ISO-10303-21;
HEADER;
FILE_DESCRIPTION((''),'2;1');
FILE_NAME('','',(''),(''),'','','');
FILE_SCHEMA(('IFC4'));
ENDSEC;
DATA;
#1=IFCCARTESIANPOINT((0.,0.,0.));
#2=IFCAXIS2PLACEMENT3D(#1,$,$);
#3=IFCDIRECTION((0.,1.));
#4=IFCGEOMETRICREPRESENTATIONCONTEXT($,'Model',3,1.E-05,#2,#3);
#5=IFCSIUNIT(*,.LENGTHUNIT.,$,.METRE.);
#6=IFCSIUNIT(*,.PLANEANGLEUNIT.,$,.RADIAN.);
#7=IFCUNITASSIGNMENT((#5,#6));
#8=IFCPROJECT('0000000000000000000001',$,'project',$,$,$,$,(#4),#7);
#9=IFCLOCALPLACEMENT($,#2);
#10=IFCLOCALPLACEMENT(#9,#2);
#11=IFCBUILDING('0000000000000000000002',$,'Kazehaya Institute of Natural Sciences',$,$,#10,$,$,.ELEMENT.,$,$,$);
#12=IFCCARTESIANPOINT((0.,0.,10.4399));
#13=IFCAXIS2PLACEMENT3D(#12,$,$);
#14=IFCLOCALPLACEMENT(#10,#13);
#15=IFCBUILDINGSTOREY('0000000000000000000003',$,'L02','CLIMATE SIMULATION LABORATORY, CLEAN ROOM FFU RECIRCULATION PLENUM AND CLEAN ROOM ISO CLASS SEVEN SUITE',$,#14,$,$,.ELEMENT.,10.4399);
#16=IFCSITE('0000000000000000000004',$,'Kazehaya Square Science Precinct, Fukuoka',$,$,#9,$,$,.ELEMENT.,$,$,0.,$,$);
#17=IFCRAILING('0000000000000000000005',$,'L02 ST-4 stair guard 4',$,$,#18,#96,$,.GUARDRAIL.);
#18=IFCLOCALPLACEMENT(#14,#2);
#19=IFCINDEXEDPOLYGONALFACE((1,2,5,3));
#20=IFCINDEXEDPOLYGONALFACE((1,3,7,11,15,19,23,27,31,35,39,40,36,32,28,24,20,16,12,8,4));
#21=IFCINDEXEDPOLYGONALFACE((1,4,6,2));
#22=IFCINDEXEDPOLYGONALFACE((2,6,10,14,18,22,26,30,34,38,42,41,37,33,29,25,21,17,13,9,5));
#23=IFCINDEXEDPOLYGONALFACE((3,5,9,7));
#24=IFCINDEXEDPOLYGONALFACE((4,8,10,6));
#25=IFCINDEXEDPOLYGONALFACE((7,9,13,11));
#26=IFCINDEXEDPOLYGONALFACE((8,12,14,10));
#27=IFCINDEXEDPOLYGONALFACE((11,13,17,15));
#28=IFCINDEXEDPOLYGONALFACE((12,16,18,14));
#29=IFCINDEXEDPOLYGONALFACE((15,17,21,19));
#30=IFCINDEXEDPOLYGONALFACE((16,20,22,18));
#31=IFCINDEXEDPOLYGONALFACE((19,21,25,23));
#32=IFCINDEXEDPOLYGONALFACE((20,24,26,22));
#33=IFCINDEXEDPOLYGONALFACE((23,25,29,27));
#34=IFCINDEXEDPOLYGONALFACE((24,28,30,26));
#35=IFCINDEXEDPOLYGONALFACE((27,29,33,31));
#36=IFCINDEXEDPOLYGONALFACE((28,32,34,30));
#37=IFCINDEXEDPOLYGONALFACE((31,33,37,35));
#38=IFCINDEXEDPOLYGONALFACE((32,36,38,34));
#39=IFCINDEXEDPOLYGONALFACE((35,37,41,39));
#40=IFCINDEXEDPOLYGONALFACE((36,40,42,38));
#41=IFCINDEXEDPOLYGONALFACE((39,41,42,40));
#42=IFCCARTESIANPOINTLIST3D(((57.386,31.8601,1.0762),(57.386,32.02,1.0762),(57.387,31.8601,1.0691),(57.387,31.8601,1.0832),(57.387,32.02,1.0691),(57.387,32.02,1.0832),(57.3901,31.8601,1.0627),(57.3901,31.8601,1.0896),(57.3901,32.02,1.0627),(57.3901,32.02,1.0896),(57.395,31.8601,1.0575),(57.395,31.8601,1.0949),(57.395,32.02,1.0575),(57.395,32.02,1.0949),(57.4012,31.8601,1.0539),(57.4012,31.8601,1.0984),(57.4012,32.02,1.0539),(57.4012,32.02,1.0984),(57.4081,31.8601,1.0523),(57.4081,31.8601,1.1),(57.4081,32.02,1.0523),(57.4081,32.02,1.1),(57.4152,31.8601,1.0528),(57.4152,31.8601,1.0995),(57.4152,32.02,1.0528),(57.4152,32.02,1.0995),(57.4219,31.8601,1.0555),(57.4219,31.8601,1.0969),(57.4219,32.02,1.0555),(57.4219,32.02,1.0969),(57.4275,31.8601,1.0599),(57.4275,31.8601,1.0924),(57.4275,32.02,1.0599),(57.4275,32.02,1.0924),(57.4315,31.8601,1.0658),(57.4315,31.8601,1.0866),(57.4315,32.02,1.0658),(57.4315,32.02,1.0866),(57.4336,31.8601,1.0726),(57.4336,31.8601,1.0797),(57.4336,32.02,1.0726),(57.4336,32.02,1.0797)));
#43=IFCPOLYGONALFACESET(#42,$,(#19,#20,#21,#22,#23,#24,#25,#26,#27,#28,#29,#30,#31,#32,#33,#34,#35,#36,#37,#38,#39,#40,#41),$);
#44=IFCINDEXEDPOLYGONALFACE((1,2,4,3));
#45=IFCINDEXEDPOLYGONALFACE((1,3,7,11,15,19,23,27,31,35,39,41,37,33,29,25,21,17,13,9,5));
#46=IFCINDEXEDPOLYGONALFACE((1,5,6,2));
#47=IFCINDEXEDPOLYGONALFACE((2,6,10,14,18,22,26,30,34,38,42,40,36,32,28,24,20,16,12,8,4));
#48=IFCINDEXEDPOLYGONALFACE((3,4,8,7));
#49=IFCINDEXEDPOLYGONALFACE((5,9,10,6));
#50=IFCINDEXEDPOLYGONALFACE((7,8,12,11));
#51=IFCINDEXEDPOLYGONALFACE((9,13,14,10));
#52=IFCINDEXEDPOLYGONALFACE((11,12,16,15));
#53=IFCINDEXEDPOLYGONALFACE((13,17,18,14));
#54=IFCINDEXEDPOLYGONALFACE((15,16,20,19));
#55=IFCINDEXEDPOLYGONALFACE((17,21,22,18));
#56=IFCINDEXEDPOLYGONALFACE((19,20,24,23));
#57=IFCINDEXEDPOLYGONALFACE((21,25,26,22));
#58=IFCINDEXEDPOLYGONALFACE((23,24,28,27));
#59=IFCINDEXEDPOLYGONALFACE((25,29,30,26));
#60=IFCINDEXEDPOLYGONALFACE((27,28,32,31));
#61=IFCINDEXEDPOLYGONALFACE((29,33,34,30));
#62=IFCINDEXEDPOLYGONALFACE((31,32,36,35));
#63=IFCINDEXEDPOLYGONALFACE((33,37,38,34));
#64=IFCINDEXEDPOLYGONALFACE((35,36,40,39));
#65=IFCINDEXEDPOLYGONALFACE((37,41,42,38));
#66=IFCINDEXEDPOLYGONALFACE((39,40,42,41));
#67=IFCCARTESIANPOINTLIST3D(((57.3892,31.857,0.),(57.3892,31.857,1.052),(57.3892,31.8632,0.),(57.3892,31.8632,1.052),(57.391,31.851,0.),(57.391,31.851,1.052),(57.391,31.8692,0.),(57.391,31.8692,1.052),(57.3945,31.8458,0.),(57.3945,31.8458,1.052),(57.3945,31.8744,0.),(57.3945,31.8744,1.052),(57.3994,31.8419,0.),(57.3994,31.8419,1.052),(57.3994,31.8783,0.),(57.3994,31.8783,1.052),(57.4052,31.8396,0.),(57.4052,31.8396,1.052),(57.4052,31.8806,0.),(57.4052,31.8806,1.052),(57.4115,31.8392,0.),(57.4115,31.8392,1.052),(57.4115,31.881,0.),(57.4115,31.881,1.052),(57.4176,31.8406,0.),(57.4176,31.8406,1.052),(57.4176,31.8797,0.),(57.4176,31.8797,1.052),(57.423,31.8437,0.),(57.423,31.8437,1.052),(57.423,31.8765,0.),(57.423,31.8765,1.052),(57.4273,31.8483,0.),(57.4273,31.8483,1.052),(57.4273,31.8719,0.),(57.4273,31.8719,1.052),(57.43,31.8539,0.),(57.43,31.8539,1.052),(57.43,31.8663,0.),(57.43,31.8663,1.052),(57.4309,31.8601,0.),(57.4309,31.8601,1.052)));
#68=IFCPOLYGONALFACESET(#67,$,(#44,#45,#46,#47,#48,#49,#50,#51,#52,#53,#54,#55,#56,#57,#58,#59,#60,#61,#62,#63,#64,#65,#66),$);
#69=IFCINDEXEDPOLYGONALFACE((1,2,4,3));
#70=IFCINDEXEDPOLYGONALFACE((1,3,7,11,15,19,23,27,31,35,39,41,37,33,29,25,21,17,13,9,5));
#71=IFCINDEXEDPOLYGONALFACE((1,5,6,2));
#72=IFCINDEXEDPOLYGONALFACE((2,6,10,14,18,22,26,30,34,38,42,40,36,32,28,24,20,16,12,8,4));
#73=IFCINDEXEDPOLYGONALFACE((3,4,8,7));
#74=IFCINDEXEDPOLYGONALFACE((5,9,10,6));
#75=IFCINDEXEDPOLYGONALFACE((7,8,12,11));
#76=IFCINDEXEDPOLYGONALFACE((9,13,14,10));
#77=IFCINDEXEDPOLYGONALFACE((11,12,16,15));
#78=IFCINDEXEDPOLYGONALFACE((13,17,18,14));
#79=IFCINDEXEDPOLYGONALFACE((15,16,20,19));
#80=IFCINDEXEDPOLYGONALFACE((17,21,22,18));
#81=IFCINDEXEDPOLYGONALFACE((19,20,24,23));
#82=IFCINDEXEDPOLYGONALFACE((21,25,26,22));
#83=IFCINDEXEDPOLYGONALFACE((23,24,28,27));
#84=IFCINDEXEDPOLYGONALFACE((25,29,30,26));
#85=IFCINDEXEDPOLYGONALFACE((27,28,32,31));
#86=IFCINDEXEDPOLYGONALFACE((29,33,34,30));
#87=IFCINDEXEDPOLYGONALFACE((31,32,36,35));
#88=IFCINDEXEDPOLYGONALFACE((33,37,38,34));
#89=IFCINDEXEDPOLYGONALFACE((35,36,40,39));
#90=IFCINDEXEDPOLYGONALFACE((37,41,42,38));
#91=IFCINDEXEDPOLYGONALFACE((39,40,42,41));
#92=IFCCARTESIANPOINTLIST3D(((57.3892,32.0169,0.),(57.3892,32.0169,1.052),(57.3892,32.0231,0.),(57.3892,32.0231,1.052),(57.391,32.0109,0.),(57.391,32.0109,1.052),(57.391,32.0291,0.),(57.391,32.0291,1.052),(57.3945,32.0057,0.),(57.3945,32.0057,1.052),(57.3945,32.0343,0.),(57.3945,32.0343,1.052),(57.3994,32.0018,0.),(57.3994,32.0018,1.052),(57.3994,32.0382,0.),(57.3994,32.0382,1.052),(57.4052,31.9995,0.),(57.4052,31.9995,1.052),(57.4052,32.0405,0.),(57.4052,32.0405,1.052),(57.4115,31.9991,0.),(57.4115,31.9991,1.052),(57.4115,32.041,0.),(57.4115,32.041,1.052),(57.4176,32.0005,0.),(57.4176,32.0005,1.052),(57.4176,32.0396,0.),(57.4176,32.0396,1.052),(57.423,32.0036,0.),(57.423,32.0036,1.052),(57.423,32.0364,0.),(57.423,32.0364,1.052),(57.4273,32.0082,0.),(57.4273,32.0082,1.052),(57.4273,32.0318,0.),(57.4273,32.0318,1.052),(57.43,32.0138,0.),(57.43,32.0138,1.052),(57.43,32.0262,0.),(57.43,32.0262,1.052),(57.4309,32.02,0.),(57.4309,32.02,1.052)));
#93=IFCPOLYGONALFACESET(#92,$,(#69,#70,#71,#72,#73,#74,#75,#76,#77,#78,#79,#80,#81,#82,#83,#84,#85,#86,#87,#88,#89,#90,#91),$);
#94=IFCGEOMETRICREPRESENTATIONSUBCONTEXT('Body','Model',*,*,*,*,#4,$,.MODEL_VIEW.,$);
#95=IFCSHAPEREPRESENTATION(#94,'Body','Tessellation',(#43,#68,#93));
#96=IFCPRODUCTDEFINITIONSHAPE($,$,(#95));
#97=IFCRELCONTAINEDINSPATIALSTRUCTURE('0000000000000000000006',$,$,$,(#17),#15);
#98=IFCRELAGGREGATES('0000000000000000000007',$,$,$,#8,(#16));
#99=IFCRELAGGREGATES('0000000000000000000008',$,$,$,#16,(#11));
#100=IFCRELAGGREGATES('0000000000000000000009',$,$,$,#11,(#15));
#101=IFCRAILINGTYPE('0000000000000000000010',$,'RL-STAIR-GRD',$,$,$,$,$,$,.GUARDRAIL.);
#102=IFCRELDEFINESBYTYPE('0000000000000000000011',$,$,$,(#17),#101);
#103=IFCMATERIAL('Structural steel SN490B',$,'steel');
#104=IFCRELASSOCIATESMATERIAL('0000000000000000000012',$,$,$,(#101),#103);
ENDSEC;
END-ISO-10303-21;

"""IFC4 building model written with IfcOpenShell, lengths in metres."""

from ifc_helpers import new_model, si_unit, direction, frame, origin, origin_2d, place, context, subcontext, project, spatial, circle, extrude, material, type_object, element, save


model = new_model("IFC4")

# Units and contexts
model_context = context("Model", 3, precision=1e-05, world=origin(), true_north=direction((0.0, 1.0)))
body_context = subcontext(model_context, "Body", "Model", "MODEL_VIEW")
ifc_project = project(units=[si_unit("LENGTHUNIT", "METRE"), si_unit("PLANEANGLEUNIT", "RADIAN")], contexts=[model_context])

# Site, building, storey
site_placement = place(None, origin())
site = spatial("IfcSite", under=ifc_project, at=site_placement, Name="Kazehaya Square Science Precinct, Fukuoka", CompositionType="ELEMENT", RefElevation=0.0)
building_placement = place(site_placement, origin())
building = spatial("IfcBuilding", under=site, at=building_placement, Name="Kazehaya Institute of Natural Sciences", CompositionType="ELEMENT")
storey_placement = place(building_placement, frame((0.0, 0.0, 10.4399)))
storey = spatial("IfcBuildingStorey", under=building, at=storey_placement, Name="L02", Description="CLIMATE SIMULATION LABORATORY, CLEAN ROOM FFU RECIRCULATION PLENUM AND CLEAN ROOM ISO CLASS SEVEN SUITE", CompositionType="ELEMENT", Elevation=10.4399)

# Shared definitions
ifc_material_1 = material(Name="Structural steel SN490B", Category="steel")

# Railing
railing_type_1 = type_object("IfcRailingType", Name="RL-STAIR-GRD", PredefinedType="GUARDRAIL", material=ifc_material_1)
railing_1_placement = place(storey_placement, frame((57.4099, 31.8601, 0.0)))
element("IfcRailing", 1, at=railing_1_placement, inside=storey, type_object=railing_type_1, Name="L02 ST-4 stair guard 4", PredefinedType="GUARDRAIL", context=body_context, shape_type="SweptSolid", body=[
    extrude(circle(Radius=0.0239, at=origin_2d()), frame((0.0, 0.0, 1.0762), z_axis=(0.0, 1.0, 0.0), x_axis=(-1.0, 0.0, 0.0)), (0.0, 0.0, 1.0), 0.1599),
    extrude(circle(Radius=0.021, at=origin_2d()), origin(), (0.0, 0.0, 1.0), 1.052),
    extrude(circle(Radius=0.021, at=origin_2d()), frame((0.0, 0.1599, 0.0)), (0.0, 0.0, 1.0), 1.052),
])

save(model, "model.ifc")
